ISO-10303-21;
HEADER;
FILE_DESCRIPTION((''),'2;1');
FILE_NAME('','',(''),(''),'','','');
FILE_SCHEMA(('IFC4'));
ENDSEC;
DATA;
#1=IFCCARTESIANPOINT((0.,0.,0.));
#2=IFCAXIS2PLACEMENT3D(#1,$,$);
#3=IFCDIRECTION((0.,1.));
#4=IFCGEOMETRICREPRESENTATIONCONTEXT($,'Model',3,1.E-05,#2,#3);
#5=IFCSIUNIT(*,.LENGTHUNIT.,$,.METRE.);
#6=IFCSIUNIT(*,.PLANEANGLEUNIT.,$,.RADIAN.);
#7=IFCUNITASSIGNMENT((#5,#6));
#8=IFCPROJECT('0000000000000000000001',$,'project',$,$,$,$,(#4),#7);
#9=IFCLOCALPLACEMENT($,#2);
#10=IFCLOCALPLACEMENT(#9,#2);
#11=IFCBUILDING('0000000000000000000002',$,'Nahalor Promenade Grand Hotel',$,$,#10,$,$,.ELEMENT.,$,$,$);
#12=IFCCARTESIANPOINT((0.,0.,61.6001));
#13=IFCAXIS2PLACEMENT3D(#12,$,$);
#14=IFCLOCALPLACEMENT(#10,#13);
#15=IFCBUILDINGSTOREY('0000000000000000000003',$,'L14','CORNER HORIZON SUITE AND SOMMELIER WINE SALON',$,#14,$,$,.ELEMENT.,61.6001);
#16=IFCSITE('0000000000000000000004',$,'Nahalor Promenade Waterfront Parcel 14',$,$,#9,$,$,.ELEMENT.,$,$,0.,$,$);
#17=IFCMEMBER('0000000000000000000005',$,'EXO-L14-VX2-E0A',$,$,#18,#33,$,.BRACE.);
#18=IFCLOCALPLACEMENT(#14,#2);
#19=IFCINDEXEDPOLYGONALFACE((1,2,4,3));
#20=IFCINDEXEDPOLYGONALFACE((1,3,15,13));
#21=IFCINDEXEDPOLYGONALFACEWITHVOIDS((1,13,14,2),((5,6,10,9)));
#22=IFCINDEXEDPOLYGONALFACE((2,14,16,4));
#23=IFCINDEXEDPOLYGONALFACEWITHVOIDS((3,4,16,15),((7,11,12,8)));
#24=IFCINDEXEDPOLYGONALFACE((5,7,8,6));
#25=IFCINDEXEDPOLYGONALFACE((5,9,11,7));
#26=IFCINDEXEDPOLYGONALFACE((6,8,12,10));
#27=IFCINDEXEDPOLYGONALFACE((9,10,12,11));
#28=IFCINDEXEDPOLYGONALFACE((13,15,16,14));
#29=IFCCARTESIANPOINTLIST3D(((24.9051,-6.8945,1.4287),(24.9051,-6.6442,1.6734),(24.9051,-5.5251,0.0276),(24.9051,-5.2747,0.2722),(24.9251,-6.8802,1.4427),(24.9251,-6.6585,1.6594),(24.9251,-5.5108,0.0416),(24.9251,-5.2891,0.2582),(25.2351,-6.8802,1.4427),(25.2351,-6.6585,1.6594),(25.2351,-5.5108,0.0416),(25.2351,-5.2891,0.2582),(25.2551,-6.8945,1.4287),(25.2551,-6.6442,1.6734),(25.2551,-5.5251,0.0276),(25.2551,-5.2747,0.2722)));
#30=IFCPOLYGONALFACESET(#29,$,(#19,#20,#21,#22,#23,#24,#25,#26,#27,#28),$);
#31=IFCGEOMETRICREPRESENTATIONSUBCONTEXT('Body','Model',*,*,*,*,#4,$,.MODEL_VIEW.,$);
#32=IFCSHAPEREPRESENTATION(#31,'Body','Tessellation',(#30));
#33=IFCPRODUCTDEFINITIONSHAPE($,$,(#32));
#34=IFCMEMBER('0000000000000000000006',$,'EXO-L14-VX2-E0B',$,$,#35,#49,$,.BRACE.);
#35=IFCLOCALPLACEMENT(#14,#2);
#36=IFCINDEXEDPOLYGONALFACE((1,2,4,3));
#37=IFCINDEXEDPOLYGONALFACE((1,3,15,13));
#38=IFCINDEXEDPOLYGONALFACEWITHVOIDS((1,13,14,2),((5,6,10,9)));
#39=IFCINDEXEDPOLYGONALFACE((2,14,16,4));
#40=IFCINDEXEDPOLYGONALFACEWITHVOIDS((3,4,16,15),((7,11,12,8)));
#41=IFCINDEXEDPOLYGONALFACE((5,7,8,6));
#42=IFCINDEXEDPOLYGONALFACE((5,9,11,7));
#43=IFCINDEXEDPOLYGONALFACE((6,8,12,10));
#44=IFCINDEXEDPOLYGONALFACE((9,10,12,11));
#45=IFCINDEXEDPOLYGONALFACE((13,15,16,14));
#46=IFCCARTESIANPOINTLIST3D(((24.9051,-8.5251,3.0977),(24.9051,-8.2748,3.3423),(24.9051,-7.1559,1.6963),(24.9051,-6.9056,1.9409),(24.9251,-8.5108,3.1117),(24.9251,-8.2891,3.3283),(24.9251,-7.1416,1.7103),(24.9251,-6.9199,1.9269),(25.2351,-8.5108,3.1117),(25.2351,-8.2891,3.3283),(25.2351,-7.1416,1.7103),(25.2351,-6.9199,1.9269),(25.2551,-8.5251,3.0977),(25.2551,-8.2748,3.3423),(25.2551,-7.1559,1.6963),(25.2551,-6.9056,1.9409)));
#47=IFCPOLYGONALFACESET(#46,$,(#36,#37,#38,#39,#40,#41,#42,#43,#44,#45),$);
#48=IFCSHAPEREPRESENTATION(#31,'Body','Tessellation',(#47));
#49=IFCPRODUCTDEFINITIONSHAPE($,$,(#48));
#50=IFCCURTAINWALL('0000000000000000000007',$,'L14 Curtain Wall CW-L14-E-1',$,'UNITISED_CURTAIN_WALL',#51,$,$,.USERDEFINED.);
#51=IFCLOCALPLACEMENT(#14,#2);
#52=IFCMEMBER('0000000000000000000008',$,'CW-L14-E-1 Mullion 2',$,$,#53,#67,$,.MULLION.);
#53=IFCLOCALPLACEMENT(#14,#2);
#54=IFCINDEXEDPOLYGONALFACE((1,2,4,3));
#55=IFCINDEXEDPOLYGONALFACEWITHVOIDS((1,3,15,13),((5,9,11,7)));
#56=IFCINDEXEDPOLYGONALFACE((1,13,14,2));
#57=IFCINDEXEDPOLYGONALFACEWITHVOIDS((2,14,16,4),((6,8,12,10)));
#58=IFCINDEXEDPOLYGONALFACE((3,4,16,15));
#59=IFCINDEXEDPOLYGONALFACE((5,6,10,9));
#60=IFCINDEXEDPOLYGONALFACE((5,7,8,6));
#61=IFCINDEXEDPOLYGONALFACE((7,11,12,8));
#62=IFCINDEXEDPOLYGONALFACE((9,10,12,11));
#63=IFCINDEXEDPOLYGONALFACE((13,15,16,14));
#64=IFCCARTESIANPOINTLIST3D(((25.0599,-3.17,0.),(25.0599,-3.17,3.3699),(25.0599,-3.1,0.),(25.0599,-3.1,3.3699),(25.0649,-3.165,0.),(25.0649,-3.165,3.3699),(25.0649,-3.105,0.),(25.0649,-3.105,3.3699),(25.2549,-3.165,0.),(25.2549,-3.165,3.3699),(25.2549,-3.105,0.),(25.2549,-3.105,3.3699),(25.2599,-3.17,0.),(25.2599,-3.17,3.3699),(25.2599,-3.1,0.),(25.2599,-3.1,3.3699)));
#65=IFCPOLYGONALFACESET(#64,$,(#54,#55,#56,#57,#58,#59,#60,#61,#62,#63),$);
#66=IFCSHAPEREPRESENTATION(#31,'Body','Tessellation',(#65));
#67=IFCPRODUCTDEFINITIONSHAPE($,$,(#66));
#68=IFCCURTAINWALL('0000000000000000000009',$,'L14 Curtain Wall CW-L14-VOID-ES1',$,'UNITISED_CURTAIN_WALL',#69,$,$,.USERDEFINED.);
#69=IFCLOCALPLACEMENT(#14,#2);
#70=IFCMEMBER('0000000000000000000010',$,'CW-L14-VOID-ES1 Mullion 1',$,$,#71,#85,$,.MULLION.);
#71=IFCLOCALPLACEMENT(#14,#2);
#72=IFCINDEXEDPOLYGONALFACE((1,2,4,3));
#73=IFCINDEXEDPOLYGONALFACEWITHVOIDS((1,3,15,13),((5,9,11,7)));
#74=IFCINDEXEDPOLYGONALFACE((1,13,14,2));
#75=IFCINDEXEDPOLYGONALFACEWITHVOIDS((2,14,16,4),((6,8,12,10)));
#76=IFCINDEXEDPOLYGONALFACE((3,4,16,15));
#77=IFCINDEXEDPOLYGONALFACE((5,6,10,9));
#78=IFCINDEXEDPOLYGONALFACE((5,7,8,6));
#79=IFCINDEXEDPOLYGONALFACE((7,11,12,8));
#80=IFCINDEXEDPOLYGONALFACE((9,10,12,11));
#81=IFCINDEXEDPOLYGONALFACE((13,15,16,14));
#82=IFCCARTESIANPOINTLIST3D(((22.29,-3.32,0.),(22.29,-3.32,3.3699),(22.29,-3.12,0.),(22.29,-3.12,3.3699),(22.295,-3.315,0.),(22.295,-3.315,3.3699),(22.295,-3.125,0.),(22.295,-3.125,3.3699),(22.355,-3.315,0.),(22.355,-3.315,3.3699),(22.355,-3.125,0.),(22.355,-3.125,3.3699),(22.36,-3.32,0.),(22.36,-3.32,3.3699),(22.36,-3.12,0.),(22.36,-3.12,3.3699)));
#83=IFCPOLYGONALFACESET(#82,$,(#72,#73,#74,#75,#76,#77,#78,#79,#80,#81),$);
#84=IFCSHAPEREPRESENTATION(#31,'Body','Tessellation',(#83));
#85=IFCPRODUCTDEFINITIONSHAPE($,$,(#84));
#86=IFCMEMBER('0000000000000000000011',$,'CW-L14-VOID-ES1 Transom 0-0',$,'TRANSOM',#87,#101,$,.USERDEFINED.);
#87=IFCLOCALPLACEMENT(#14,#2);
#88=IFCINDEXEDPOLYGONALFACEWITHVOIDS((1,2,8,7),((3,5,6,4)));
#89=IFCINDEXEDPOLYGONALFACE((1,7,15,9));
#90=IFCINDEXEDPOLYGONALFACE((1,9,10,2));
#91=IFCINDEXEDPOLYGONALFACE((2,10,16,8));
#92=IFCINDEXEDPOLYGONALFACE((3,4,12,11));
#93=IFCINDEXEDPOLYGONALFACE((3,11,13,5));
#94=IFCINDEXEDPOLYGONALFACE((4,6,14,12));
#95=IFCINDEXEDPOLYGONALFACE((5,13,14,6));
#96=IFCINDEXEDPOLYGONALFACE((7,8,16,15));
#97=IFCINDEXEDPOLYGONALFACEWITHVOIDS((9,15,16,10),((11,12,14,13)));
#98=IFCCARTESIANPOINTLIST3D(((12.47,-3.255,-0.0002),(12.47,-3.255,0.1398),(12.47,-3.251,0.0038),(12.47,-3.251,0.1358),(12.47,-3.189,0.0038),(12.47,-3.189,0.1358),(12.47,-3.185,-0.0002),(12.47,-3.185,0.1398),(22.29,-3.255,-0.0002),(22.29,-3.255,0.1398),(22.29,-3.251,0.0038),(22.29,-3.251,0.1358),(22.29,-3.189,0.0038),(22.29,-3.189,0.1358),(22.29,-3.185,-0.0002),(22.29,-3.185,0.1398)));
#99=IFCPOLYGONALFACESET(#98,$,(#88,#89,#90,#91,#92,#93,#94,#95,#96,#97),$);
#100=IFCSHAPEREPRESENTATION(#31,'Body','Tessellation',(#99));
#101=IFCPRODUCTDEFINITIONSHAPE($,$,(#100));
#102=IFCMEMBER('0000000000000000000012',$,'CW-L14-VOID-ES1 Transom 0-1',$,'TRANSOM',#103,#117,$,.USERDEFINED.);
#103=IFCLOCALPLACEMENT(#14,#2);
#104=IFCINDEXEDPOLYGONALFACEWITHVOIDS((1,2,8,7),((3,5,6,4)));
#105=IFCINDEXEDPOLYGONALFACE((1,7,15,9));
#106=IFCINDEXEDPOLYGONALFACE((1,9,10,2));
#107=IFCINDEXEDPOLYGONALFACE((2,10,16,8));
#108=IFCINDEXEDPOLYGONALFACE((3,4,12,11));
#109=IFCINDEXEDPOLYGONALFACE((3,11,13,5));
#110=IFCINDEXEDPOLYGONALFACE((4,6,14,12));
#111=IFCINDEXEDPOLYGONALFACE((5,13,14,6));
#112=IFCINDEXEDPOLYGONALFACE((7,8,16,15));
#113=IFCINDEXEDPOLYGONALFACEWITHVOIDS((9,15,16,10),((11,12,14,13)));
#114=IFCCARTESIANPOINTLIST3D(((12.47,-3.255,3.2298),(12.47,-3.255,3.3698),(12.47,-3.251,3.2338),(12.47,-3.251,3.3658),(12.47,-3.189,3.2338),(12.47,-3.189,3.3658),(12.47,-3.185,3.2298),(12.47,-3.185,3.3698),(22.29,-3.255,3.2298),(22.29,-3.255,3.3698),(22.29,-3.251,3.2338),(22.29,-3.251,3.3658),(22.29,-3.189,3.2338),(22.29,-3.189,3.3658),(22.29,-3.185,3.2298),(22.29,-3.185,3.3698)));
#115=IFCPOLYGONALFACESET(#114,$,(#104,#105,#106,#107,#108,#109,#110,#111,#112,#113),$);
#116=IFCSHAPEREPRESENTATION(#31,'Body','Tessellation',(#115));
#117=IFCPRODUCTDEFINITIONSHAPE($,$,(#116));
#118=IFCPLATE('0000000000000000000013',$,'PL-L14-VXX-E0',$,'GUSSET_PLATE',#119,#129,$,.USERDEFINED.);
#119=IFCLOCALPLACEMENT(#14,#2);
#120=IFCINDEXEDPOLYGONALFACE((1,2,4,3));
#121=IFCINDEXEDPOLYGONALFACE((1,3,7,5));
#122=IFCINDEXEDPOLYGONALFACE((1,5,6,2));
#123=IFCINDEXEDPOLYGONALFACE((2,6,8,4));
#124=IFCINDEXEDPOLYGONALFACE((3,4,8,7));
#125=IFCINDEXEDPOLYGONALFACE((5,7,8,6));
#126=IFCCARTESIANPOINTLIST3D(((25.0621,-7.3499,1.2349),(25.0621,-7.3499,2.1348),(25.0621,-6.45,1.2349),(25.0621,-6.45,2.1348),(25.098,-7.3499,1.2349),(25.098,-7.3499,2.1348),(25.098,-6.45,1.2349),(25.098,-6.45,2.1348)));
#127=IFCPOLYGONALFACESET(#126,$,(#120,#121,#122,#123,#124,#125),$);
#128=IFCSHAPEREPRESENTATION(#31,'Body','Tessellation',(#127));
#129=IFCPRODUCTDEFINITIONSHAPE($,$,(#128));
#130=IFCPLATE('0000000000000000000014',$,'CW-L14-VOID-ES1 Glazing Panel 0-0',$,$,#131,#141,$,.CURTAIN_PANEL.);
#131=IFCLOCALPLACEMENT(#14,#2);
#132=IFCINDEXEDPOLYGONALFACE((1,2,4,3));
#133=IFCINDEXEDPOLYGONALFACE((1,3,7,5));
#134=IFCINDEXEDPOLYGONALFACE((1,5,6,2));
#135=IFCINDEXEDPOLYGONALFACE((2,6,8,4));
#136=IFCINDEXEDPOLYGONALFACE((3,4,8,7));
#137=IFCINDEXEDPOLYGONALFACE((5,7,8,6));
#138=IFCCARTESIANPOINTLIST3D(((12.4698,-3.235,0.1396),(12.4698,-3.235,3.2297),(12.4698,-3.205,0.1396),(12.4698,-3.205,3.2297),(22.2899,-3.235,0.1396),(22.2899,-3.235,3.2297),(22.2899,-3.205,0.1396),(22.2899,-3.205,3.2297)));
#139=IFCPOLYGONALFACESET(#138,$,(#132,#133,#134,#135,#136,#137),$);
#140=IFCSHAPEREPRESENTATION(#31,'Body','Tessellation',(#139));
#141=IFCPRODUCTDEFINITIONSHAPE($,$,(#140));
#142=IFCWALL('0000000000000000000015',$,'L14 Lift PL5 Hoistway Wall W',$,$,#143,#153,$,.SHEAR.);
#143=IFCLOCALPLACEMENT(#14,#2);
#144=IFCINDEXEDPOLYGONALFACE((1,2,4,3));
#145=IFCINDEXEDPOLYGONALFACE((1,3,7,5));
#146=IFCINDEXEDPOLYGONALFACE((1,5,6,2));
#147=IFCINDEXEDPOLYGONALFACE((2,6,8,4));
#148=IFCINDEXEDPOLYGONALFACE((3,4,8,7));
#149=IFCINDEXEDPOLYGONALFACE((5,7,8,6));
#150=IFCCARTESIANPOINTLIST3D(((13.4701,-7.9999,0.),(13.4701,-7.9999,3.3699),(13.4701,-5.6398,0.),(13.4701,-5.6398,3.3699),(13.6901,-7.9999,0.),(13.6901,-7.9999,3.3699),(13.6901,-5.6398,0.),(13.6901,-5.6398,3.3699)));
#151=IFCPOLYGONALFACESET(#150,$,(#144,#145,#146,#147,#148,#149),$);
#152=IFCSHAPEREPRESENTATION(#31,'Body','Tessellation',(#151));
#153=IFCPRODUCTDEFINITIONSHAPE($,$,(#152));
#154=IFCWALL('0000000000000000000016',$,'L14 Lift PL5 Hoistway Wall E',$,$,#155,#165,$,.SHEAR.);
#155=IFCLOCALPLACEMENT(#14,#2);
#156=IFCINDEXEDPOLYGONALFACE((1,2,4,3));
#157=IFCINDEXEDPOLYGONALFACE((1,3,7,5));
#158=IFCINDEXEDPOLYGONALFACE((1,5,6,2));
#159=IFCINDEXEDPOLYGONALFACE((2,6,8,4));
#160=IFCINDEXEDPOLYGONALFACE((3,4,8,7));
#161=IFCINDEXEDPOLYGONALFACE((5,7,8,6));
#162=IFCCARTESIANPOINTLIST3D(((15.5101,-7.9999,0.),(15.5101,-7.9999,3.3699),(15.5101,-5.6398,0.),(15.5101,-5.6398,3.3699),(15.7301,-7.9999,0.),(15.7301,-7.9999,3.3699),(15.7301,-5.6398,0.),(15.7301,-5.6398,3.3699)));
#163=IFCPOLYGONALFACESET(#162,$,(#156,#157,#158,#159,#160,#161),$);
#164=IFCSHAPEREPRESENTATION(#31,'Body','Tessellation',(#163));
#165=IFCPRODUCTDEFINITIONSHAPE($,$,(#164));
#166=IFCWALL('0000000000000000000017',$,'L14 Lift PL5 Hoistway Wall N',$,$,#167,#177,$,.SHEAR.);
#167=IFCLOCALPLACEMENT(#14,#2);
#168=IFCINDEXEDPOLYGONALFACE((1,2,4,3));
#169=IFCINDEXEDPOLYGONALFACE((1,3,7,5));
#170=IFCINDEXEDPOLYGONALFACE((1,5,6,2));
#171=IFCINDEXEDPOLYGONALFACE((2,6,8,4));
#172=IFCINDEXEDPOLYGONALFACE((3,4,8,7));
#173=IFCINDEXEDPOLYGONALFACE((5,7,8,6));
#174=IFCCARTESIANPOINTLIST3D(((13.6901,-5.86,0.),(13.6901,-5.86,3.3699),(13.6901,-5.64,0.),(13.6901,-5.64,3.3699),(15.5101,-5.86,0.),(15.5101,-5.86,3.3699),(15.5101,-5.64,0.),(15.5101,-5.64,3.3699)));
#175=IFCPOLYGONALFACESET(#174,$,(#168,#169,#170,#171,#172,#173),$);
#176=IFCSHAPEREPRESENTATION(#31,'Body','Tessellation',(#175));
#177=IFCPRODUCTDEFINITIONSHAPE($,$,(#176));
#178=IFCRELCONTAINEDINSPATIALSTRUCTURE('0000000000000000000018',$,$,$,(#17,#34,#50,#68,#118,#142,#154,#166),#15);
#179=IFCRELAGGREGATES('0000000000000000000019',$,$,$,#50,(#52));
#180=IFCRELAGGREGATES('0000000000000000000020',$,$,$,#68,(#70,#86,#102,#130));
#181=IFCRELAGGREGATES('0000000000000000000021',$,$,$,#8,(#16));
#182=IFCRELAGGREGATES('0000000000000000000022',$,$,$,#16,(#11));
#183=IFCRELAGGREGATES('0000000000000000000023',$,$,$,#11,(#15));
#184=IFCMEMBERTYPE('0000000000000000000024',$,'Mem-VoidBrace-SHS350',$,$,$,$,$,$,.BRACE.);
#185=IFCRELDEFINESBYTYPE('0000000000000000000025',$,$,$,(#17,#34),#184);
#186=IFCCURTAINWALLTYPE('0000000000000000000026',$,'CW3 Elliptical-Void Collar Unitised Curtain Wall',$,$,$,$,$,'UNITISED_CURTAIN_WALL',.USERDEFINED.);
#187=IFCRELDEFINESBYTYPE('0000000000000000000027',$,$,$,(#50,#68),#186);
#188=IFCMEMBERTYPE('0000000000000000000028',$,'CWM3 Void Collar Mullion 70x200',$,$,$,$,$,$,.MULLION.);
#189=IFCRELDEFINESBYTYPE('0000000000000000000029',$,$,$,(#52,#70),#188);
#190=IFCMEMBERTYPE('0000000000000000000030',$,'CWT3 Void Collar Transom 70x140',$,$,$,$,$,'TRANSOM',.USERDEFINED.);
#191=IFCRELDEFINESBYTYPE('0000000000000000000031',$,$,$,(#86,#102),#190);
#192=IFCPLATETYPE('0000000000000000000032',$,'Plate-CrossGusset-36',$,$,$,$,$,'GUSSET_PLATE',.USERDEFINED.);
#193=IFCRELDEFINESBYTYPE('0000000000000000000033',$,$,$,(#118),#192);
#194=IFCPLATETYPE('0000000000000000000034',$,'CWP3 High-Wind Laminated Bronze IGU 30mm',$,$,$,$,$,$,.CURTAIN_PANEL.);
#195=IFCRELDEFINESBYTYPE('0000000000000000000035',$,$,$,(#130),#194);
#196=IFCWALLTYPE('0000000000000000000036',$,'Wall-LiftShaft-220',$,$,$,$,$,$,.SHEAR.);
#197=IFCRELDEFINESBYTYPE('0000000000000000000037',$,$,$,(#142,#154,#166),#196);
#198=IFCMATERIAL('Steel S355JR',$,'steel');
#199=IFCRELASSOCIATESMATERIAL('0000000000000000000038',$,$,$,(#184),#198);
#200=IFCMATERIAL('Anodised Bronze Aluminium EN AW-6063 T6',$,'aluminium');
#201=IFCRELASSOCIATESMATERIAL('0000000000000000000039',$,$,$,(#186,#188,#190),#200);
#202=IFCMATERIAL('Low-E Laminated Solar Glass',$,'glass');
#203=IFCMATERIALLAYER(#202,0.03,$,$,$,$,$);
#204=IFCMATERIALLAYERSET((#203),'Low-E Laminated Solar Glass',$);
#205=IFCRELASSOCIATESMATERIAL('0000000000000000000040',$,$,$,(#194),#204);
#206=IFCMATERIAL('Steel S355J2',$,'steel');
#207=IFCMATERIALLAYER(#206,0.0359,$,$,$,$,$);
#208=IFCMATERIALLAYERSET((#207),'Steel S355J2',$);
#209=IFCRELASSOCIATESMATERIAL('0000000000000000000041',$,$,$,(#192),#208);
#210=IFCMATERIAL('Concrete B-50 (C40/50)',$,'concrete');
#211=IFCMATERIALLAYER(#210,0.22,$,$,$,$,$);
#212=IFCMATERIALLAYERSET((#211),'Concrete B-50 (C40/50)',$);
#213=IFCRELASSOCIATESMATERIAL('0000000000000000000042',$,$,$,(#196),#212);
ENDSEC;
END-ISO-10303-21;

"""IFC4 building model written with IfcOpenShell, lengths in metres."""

from ifc_helpers import new_model, si_unit, direction, frame, frame_2d, origin, origin_2d, place, context, subcontext, project, spatial, rectangle, hollow_rectangle, extrude, source, transform, mapped, material, layer, layer_set, material_profile, profile_set, type_object, element, aggregate, save


model = new_model("IFC4")

# Units and contexts
model_context = context("Model", 3, precision=1e-05, world=origin(), true_north=direction((0.0, 1.0)))
body_context = subcontext(model_context, "Body", "Model", "MODEL_VIEW")
ifc_project = project(units=[si_unit("LENGTHUNIT", "METRE"), si_unit("PLANEANGLEUNIT", "RADIAN")], contexts=[model_context])

# Site, building, storey
site_placement = place(None, origin())
site = spatial("IfcSite", under=ifc_project, at=site_placement, Name="Nahalor Promenade Waterfront Parcel 14", CompositionType="ELEMENT", RefElevation=0.0)
building_placement = place(site_placement, origin())
building = spatial("IfcBuilding", under=site, at=building_placement, Name="Nahalor Promenade Grand Hotel", CompositionType="ELEMENT")
storey_placement = place(building_placement, frame((0.0, 0.0, 61.6001)))
storey = spatial("IfcBuildingStorey", under=building, at=storey_placement, Name="L14", Description="CORNER HORIZON SUITE AND SOMMELIER WINE SALON", CompositionType="ELEMENT", Elevation=61.6001)

# Shared definitions
ifc_material_1 = material(Name="Steel S355J2", Category="steel")

# Shared definitions
ifc_material_2 = material(Name="Steel S355JR", Category="steel")

# Members
ifc_material_profile_1 = material_profile(ifc_material_2, hollow_rectangle(XDim=0.35, YDim=0.35, WallThickness=0.02, at=origin_2d()), Name="SHS 350x350x20")
ifc_profile_set_1 = profile_set([ifc_material_profile_1], Name="Steel S355JR")
member_type_1 = type_object("IfcMemberType", Name="Mem-VoidBrace-SHS350", PredefinedType="BRACE", material=ifc_profile_set_1)
shared_shape_1 = source(origin(), body_context, "Body", "SweptSolid", [
    extrude(hollow_rectangle(XDim=0.35, YDim=0.35, WallThickness=0.02, at=origin_2d()), origin(), (0.0, 0.0, 1.0), 1.9592),
])
for number, where, z_axis, x_axis, name in (
    (1, (25.0801, -5.3999, 0.1499), (0.0, -0.69896, 0.71516), (1.0, 0.0, 0.0), "EXO-L14-VX2-E0A"),
    (2, (25.0801, -7.0308, 1.8186), (0.0, -0.698834, 0.715283), (1.0, 0.0, 0.0), "EXO-L14-VX2-E0B"),
):
    element("IfcMember", number, at=place(storey_placement, frame(where, z_axis=z_axis, x_axis=x_axis)), inside=storey, type_object=member_type_1, Name=name, PredefinedType="BRACE", context=body_context, shape_type="MappedRepresentation", body=[
        mapped(shared_shape_1, transform((0.0, 0.0, 0.0), scale=1.0)),
    ])

# Curtain wall, member
ifc_material_3 = material(Name="Anodised Bronze Aluminium EN AW-6063 T6", Category="aluminium")
curtain_wall_type = type_object("IfcCurtainWallType", Name="CW3 Elliptical-Void Collar Unitised Curtain Wall", ElementType="UNITISED_CURTAIN_WALL", PredefinedType="USERDEFINED", material=ifc_material_3)
curtain_wall_1_placement = place(storey_placement, origin())
curtain_wall_1 = element("IfcCurtainWall", 3, at=curtain_wall_1_placement, inside=storey, type_object=curtain_wall_type, Name="L14 Curtain Wall CW-L14-E-1", ObjectType="UNITISED_CURTAIN_WALL", PredefinedType="USERDEFINED")
ifc_material_profile_2 = material_profile(ifc_material_3, hollow_rectangle(XDim=0.07, YDim=0.2, WallThickness=0.005, at=origin_2d()), Name="CWM 70x200x5")
ifc_profile_set_2 = profile_set([ifc_material_profile_2], Name="Anodised Bronze Aluminium EN AW-6063 T6")
member_type_2 = type_object("IfcMemberType", Name="CWM3 Void Collar Mullion 70x200", PredefinedType="MULLION", material=ifc_profile_set_2)
shared_shape_2 = source(origin(), body_context, "Body", "SweptSolid", [
    extrude(hollow_rectangle(XDim=0.07, YDim=0.2, WallThickness=0.005, at=origin_2d()), origin(), (0.0, 0.0, 1.0), 3.3699),
])
member_1_placement = place(storey_placement, frame((25.1599, -3.135, 0.0), z_axis=(0.0, 0.0, 1.0), x_axis=(0.0, 1.0, 0.0)))
member_1 = element("IfcMember", 4, at=member_1_placement, type_object=member_type_2, Name="CW-L14-E-1 Mullion 2", PredefinedType="MULLION", context=body_context, shape_type="MappedRepresentation", body=[
    mapped(shared_shape_2, transform((0.0, 0.0, 0.0), scale=1.0)),
])

# Curtain wall, members
curtain_wall_2_placement = place(storey_placement, origin())
curtain_wall_2 = element("IfcCurtainWall", 5, at=curtain_wall_2_placement, inside=storey, type_object=curtain_wall_type, Name="L14 Curtain Wall CW-L14-VOID-ES1", ObjectType="UNITISED_CURTAIN_WALL", PredefinedType="USERDEFINED")
member_2_placement = place(storey_placement, frame((22.325, -3.22, 0.0), z_axis=(0.0, 0.0, 1.0), x_axis=(1.0, 0.0, 0.0)))
member_2 = element("IfcMember", 6, at=member_2_placement, type_object=member_type_2, Name="CW-L14-VOID-ES1 Mullion 1", PredefinedType="MULLION", context=body_context, shape_type="MappedRepresentation", body=[
    mapped(shared_shape_2, transform((0.0, 0.0, 0.0), scale=1.0)),
])
ifc_material_profile_3 = material_profile(ifc_material_3, hollow_rectangle(XDim=0.07, YDim=0.14, WallThickness=0.004, at=origin_2d()), Name="CWT 70x140x4")
ifc_profile_set_3 = profile_set([ifc_material_profile_3], Name="Anodised Bronze Aluminium EN AW-6063 T6")
member_type_3 = type_object("IfcMemberType", Name="CWT3 Void Collar Transom 70x140", ElementType="TRANSOM", PredefinedType="USERDEFINED", material=ifc_profile_set_3)
shared_shape_3 = source(origin(), body_context, "Body", "SweptSolid", [
    extrude(hollow_rectangle(XDim=0.07, YDim=0.14, WallThickness=0.004, at=origin_2d()), origin(), (0.0, 0.0, 1.0), 9.8201),
])
member_3_placement = place(storey_placement, frame((12.47, -3.22, 0.0698), z_axis=(1.0, 0.0, 0.0), x_axis=(0.0, 1.0, 0.0)))
member_3 = element("IfcMember", 7, at=member_3_placement, type_object=member_type_3, Name="CW-L14-VOID-ES1 Transom 0-0", ObjectType="TRANSOM", PredefinedType="USERDEFINED", context=body_context, shape_type="MappedRepresentation", body=[
    mapped(shared_shape_3, transform((0.0, 0.0, 0.0), scale=1.0)),
])
member_4_placement = place(storey_placement, frame((12.47, -3.22, 3.2998), z_axis=(1.0, 0.0, 0.0), x_axis=(0.0, 1.0, 0.0)))
member_4 = element("IfcMember", 8, at=member_4_placement, type_object=member_type_3, Name="CW-L14-VOID-ES1 Transom 0-1", ObjectType="TRANSOM", PredefinedType="USERDEFINED", context=body_context, shape_type="MappedRepresentation", body=[
    mapped(shared_shape_3, transform((0.0, 0.0, 0.0), scale=1.0)),
])

# Plates
ifc_material_4 = material(Name="Low-E Laminated Solar Glass", Category="glass")
ifc_layer_1 = layer(ifc_material_4, 0.03)
ifc_layer_set_1 = layer_set([ifc_layer_1], Name="Low-E Laminated Solar Glass")
plate_type_1 = type_object("IfcPlateType", Name="CWP3 High-Wind Laminated Bronze IGU 30mm", PredefinedType="CURTAIN_PANEL", material=ifc_layer_set_1)
aggregate(curtain_wall_1, [member_1])
ifc_layer_2 = layer(ifc_material_1, 0.0359)
ifc_layer_set_2 = layer_set([ifc_layer_2], Name="Steel S355J2")
plate_type_2 = type_object("IfcPlateType", Name="Plate-CrossGusset-36", ElementType="GUSSET_PLATE", PredefinedType="USERDEFINED", material=ifc_layer_set_2)
shared_shape_4 = source(origin(), body_context, "Body", "SweptSolid", [
    extrude(rectangle(XDim=0.8999, YDim=0.0359, at=origin_2d()), origin(), (0.0, 0.0, 1.0), 0.8999),
])
plate_1_placement = place(storey_placement, frame((25.0801, -6.8999, 1.2349), z_axis=(0.0, 0.0, 1.0), x_axis=(0.0, 1.0, 0.0)))
element("IfcPlate", 9, at=plate_1_placement, inside=storey, type_object=plate_type_2, Name="PL-L14-VXX-E0", ObjectType="GUSSET_PLATE", PredefinedType="USERDEFINED", context=body_context, shape_type="MappedRepresentation", body=[
    mapped(shared_shape_4, transform((0.0, 0.0, 0.0), scale=1.0)),
])
shared_shape_5 = source(origin(), body_context, "Body", "SweptSolid", [
    extrude(rectangle(XDim=9.8201, YDim=0.03, at=origin_2d()), origin(), (0.0, 0.0, 1.0), 3.0901),
])
plate_2_placement = place(storey_placement, frame((17.3799, -3.22, 0.1396), z_axis=(0.0, 0.0, 1.0), x_axis=(1.0, 0.0, 0.0)))
plate_2 = element("IfcPlate", 10, at=plate_2_placement, type_object=plate_type_1, Name="CW-L14-VOID-ES1 Glazing Panel 0-0", PredefinedType="CURTAIN_PANEL", context=body_context, shape_type="MappedRepresentation", body=[
    mapped(shared_shape_5, transform((0.0, 0.0, 0.0), scale=1.0)),
])
aggregate(curtain_wall_2, [member_2, member_3, member_4, plate_2])

# Walls
ifc_material_5 = material(Name="Concrete B-50 (C40/50)", Category="concrete")
ifc_layer_3 = layer(ifc_material_5, 0.22)
ifc_layer_set_3 = layer_set([ifc_layer_3], Name="Concrete B-50 (C40/50)")
wall_type_1 = type_object("IfcWallType", Name="Wall-LiftShaft-220", PredefinedType="SHEAR", material=ifc_layer_set_3)
shared_shape_6 = source(origin(), body_context, "Body", "SweptSolid", [
    extrude(rectangle(XDim=2.3601, YDim=0.22, at=frame_2d((1.1802, 0.0))), origin(), (0.0, 0.0, 1.0), 3.3699),
])
for number, where, z_axis, x_axis, name in (
    (11, (13.5801, -8.0, 0.0), (0.0, 0.0, 1.0), (0.0, 1.0, 0.0), "L14 Lift PL5 Hoistway Wall W"),
    (12, (15.6201, -8.0, 0.0), (0.0, 0.0, 1.0), (0.0, 1.0, 0.0), "L14 Lift PL5 Hoistway Wall E"),
):
    element("IfcWall", number, at=place(storey_placement, frame(where, z_axis=z_axis, x_axis=x_axis)), inside=storey, type_object=wall_type_1, Name=name, PredefinedType="SHEAR", context=body_context, shape_type="MappedRepresentation", body=[
        mapped(shared_shape_6, transform((0.0, 0.0, 0.0), scale=1.0)),
    ])
shared_shape_7 = source(origin(), body_context, "Body", "SweptSolid", [
    extrude(rectangle(XDim=1.8201, YDim=0.22, at=frame_2d((0.9102, 0.0))), origin(), (0.0, 0.0, 1.0), 3.3699),
])
wall_1_placement = place(storey_placement, frame((13.6899, -5.75, 0.0), z_axis=(0.0, 0.0, 1.0), x_axis=(1.0, 0.0, 0.0)))
element("IfcWall", 13, at=wall_1_placement, inside=storey, type_object=wall_type_1, Name="L14 Lift PL5 Hoistway Wall N", PredefinedType="SHEAR", context=body_context, shape_type="MappedRepresentation", body=[
    mapped(shared_shape_7, transform((0.0, 0.0, 0.0), scale=1.0)),
])

save(model, "model.ifc")
